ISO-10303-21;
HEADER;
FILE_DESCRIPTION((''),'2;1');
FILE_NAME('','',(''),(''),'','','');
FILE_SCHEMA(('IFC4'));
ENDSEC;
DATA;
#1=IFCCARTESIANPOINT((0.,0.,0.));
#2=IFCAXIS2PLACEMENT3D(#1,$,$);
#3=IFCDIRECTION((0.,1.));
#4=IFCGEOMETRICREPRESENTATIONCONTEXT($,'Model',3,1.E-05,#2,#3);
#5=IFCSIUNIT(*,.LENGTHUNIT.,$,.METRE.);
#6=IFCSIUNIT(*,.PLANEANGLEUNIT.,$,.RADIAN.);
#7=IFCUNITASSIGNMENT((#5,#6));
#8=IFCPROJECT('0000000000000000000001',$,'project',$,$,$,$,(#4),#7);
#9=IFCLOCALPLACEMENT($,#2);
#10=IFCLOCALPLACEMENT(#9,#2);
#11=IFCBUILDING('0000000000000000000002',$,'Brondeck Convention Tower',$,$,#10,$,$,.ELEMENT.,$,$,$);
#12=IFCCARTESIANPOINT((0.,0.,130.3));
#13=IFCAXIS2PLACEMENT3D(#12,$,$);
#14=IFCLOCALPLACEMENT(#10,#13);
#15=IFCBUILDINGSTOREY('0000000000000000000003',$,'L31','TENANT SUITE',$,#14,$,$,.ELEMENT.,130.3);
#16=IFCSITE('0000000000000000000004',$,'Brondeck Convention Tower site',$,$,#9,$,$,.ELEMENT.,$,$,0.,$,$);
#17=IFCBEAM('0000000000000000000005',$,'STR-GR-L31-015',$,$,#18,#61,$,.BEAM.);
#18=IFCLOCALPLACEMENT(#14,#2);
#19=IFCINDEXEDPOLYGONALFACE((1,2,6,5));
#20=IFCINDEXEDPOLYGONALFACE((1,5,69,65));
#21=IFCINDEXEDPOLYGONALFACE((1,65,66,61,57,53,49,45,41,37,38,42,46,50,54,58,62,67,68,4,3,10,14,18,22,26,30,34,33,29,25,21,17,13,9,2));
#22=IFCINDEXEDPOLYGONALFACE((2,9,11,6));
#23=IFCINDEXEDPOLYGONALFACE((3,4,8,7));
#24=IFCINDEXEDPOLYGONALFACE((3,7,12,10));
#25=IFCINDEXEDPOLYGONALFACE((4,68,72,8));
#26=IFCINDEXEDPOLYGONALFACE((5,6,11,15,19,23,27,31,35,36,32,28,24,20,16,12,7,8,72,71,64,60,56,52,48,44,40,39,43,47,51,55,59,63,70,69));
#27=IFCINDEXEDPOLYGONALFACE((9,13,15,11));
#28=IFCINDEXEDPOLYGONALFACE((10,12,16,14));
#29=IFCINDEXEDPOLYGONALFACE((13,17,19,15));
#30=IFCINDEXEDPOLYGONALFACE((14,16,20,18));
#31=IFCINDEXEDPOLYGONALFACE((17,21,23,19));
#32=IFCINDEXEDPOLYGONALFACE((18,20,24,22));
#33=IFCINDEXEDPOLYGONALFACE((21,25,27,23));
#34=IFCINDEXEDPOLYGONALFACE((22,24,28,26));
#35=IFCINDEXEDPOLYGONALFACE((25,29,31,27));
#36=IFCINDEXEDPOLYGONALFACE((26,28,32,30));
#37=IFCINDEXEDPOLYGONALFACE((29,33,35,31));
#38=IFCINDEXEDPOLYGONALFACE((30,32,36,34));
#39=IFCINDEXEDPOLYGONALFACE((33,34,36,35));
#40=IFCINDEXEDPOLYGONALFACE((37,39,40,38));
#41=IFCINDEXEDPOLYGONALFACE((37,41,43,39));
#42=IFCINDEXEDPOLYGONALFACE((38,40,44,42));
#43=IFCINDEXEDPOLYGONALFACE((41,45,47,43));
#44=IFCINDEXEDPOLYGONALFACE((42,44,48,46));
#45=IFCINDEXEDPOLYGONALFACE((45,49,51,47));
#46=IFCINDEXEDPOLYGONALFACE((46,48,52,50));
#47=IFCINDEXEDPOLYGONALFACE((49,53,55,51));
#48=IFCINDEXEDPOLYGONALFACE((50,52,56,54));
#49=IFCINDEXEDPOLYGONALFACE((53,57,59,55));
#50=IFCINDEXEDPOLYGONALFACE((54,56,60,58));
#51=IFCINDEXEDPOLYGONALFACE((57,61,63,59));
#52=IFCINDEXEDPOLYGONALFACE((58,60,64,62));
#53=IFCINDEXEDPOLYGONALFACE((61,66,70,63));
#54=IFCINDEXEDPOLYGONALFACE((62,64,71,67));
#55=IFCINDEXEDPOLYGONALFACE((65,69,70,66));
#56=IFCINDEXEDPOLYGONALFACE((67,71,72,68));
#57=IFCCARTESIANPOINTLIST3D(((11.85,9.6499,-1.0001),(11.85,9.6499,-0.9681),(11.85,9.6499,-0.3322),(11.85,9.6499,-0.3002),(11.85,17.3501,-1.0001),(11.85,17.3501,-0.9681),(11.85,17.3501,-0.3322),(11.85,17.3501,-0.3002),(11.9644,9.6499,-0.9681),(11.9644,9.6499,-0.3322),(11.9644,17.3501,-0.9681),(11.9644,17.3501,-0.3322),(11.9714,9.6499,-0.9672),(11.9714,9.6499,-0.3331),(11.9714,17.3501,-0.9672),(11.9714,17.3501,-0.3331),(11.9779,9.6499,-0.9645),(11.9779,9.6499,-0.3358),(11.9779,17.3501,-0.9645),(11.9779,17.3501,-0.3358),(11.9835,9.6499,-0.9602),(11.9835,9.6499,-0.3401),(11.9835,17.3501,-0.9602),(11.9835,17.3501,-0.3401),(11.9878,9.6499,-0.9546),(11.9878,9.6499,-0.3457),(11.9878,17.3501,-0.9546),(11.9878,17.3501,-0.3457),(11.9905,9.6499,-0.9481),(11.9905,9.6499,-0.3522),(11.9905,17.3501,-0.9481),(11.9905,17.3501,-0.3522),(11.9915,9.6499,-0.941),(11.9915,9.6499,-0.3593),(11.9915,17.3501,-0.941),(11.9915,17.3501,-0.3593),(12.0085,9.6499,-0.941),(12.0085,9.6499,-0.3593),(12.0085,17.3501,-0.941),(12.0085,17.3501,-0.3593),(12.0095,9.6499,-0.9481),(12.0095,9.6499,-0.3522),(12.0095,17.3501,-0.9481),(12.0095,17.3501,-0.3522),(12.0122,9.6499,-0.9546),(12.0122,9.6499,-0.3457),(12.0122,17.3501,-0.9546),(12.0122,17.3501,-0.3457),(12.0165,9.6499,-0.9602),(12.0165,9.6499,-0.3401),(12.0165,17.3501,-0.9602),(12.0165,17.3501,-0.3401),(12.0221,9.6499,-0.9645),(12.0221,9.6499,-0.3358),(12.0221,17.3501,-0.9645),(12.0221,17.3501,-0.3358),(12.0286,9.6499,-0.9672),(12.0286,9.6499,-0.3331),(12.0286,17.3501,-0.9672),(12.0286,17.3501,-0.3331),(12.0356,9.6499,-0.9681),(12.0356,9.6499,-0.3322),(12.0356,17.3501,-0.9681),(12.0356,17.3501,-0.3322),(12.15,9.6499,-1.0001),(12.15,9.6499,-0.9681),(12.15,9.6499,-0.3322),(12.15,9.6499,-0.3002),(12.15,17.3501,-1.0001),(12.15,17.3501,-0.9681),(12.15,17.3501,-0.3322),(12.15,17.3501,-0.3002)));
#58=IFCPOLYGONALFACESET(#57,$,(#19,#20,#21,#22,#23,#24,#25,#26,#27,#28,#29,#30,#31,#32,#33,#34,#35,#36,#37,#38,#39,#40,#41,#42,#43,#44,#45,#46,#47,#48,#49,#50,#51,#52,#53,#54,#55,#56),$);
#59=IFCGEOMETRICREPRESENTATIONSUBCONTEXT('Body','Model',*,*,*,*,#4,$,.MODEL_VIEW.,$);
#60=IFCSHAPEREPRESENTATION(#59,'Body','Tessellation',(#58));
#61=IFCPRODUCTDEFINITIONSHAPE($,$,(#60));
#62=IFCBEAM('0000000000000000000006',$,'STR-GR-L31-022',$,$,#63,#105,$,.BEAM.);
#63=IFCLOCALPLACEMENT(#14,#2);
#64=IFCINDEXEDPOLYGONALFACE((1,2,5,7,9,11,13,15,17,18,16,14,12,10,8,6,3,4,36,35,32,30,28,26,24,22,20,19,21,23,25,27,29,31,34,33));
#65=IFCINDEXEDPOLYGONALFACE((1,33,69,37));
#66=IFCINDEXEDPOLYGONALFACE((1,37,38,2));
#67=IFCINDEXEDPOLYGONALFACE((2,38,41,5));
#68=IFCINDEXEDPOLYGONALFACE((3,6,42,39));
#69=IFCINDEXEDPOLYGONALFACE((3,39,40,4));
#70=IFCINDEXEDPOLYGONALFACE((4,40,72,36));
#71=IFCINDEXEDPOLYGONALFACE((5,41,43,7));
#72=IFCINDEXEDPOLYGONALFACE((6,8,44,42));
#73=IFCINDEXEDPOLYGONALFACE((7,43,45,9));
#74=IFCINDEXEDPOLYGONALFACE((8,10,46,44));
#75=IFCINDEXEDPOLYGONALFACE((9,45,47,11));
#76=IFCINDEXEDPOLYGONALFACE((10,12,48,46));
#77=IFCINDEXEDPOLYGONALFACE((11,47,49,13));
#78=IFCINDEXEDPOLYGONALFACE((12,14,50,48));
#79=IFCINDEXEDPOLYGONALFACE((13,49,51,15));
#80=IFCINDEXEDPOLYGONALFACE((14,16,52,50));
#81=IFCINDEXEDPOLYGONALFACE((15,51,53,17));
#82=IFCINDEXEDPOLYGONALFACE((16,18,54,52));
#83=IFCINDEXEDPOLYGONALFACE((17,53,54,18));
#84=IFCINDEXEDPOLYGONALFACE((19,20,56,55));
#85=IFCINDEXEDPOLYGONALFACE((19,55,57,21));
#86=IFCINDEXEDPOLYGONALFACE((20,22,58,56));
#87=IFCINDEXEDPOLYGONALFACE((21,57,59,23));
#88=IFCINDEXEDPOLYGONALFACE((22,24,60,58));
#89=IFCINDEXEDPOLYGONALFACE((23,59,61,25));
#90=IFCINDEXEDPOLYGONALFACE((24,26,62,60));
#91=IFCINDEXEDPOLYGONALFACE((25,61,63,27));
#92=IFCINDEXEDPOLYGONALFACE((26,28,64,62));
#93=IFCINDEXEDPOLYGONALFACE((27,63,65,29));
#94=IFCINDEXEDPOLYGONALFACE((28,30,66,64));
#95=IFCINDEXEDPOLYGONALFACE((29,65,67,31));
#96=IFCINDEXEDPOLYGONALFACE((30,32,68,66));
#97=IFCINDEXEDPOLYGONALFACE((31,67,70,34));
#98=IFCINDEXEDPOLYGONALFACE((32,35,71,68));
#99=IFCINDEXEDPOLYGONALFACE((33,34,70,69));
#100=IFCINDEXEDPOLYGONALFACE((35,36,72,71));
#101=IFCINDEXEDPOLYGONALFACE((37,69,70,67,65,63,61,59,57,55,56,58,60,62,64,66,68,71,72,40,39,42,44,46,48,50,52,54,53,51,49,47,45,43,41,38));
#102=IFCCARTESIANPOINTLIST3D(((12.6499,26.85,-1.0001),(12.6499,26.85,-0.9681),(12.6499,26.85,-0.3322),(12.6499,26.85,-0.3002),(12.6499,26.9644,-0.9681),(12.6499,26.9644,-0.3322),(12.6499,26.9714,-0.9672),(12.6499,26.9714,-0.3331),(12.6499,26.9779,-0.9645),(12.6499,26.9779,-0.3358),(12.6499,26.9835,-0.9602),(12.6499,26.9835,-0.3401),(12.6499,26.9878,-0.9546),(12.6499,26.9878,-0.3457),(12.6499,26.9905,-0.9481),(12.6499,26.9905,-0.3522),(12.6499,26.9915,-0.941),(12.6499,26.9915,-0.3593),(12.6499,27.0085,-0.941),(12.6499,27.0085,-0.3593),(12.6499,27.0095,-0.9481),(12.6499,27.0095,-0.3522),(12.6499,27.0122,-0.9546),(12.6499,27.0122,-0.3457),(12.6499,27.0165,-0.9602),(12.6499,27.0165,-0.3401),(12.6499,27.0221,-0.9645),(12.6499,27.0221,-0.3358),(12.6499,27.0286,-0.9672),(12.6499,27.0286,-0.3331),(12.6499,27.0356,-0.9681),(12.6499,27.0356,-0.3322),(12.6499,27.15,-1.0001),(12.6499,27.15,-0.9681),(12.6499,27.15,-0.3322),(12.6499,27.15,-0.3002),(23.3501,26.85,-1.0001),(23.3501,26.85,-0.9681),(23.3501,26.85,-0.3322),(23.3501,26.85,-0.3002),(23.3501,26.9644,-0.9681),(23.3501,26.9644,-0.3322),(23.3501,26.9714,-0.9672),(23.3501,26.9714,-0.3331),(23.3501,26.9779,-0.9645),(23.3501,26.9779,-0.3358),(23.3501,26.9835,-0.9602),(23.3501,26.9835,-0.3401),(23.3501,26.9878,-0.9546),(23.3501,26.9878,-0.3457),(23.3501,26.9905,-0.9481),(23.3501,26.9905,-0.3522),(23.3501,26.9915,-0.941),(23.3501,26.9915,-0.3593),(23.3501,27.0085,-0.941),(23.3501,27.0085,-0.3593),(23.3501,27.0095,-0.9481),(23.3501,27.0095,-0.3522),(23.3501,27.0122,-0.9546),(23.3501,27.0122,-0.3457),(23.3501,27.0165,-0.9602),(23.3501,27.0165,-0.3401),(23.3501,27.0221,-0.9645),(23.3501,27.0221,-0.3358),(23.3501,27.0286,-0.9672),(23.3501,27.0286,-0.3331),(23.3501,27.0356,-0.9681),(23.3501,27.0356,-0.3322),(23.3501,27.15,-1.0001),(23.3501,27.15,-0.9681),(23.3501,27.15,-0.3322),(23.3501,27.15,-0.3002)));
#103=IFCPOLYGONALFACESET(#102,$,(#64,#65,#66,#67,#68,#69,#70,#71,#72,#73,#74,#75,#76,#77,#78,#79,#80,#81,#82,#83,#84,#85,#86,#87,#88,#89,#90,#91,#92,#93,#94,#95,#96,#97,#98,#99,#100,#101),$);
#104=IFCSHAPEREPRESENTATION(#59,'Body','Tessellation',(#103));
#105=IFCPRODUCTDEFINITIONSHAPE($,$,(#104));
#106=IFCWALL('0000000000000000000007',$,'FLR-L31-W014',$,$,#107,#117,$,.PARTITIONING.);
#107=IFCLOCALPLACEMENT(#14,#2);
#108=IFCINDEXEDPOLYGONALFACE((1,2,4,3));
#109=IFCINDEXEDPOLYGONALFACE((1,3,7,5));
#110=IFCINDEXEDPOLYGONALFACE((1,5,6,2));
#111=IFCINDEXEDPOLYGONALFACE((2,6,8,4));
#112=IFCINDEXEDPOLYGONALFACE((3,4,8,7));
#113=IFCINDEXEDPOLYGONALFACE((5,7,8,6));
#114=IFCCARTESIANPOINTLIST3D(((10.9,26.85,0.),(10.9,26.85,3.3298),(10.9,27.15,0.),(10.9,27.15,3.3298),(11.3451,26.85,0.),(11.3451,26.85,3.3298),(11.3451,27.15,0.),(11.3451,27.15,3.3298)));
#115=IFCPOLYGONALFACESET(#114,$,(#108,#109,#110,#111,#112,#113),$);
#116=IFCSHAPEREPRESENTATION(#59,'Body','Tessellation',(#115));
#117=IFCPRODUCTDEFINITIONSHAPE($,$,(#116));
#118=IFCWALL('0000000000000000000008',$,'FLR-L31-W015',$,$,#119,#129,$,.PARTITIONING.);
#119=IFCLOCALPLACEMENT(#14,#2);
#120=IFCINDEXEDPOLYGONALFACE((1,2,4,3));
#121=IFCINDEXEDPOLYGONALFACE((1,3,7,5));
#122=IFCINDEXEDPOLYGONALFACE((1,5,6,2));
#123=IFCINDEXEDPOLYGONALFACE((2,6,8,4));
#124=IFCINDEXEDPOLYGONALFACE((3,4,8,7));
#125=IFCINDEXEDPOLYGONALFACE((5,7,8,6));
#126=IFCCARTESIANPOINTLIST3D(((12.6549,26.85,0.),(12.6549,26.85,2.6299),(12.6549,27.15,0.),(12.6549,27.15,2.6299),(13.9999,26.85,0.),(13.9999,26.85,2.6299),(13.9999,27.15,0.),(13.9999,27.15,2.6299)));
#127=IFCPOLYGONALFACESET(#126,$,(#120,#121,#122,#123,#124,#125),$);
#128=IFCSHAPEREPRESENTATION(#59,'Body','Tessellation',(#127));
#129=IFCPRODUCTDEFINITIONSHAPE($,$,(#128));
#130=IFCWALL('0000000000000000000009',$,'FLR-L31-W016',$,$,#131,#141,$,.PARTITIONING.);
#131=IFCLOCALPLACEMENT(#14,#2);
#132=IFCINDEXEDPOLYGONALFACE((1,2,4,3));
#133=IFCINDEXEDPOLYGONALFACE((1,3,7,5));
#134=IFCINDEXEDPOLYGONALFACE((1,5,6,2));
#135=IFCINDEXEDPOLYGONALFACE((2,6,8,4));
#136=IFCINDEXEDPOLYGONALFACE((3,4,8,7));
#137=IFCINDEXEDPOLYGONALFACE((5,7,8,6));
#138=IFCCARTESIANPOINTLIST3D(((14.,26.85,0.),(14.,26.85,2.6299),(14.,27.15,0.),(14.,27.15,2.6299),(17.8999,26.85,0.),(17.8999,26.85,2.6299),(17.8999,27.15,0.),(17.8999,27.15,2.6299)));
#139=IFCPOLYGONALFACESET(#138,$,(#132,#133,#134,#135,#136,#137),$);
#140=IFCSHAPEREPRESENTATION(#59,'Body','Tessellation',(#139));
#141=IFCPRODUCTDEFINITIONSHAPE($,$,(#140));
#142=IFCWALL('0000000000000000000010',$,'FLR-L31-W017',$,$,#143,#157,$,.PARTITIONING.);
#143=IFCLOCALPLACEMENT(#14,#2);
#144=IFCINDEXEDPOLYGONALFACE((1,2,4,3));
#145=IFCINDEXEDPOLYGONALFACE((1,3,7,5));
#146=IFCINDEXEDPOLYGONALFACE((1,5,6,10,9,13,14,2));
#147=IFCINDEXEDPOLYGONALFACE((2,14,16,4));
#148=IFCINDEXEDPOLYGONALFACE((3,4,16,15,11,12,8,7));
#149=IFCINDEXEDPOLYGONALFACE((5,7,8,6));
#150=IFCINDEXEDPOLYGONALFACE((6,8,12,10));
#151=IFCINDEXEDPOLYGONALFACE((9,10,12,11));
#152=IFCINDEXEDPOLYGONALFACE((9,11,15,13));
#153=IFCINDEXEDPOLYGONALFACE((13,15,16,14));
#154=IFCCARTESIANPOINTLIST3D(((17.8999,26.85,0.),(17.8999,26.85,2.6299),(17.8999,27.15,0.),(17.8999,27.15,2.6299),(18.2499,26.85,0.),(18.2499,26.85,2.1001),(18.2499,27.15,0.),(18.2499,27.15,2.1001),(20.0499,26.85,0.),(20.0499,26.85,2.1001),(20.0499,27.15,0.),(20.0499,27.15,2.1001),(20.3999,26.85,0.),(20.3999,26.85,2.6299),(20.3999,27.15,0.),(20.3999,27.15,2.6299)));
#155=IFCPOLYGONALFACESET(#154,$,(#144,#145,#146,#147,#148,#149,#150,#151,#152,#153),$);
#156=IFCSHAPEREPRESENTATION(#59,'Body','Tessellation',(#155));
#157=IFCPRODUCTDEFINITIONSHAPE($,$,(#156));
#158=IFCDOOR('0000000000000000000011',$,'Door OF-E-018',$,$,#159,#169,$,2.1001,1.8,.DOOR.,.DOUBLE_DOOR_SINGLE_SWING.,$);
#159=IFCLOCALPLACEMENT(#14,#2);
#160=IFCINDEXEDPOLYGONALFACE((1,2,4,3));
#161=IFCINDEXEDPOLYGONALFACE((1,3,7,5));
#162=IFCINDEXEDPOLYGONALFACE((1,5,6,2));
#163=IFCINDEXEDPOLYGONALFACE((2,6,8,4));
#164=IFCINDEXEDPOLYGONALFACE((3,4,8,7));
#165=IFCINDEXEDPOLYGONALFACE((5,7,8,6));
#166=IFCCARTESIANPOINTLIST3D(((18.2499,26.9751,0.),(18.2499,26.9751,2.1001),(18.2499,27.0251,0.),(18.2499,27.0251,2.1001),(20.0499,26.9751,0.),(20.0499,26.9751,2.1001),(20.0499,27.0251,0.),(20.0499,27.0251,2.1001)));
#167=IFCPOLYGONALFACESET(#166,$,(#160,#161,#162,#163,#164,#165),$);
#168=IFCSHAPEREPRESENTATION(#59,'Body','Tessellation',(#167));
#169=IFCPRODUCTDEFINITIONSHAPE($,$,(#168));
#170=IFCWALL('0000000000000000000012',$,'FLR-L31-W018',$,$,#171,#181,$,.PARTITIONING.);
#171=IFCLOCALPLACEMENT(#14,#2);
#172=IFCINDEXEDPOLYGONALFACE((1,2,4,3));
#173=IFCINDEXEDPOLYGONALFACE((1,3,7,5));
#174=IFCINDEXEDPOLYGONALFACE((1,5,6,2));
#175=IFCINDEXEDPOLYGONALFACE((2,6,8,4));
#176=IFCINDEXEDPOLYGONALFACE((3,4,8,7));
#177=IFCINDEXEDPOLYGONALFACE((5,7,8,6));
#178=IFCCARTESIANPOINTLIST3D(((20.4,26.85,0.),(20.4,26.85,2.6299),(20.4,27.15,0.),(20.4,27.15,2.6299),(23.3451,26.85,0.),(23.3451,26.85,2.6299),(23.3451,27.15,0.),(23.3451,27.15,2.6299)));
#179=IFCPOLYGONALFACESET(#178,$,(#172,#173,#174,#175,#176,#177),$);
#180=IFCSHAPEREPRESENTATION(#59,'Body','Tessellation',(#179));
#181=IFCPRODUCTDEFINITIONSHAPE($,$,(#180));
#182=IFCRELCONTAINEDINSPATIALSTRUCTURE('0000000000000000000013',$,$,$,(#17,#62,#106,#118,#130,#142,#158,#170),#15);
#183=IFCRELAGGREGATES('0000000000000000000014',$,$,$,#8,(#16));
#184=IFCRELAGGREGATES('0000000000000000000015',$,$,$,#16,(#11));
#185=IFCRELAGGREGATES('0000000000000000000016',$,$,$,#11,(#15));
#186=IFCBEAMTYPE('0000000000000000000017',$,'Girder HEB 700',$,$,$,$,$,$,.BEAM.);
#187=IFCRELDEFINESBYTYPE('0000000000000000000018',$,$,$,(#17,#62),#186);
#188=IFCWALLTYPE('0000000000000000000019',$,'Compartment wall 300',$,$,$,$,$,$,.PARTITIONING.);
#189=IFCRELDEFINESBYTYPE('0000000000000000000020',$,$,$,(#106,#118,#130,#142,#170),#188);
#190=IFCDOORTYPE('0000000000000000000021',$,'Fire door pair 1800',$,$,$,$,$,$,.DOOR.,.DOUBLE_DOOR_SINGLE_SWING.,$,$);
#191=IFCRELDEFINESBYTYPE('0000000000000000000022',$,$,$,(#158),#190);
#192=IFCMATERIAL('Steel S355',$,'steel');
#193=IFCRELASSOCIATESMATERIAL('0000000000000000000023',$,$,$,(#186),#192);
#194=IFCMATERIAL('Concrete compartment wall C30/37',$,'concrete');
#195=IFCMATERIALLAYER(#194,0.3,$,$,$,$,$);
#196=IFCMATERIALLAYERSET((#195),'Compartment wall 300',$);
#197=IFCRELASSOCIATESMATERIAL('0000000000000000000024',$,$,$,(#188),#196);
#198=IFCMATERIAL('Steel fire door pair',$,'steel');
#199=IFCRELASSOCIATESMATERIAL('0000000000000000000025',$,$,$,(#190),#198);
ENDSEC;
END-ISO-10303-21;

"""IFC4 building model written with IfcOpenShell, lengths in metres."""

from ifc_helpers import new_model, si_unit, direction, frame, frame_2d, origin, origin_2d, place, context, subcontext, project, spatial, rectangle, i_section, extrude, material, layer, layer_set, material_profile, profile_set, type_object, element, fill, save


model = new_model("IFC4")

# Units and contexts
model_context = context("Model", 3, precision=1e-05, world=origin(), true_north=direction((0.0, 1.0)))
body_context = subcontext(model_context, "Body", "Model", "MODEL_VIEW")
ifc_project = project(units=[si_unit("LENGTHUNIT", "METRE"), si_unit("PLANEANGLEUNIT", "RADIAN")], contexts=[model_context])

# Site, building, storey
site_placement = place(None, origin())
site = spatial("IfcSite", under=ifc_project, at=site_placement, Name="Brondeck Convention Tower site", CompositionType="ELEMENT", RefElevation=0.0)
building_placement = place(site_placement, origin())
building = spatial("IfcBuilding", under=site, at=building_placement, Name="Brondeck Convention Tower", CompositionType="ELEMENT")
storey_placement = place(building_placement, frame((0.0, 0.0, 130.3)))
storey = spatial("IfcBuildingStorey", under=building, at=storey_placement, Name="L31", Description="TENANT SUITE", CompositionType="ELEMENT", Elevation=130.3)

# Beams
ifc_material_1 = material(Name="Steel S355", Category="steel")
ifc_material_profile_1 = material_profile(ifc_material_1, i_section(OverallWidth=0.3, OverallDepth=0.7, WebThickness=0.0171, FlangeThickness=0.032, FilletRadius=0.0271, at=origin_2d()), Name="HEB 700")
ifc_profile_set_1 = profile_set([ifc_material_profile_1], Name="Steel S355")
beam_type_1 = type_object("IfcBeamType", Name="Girder HEB 700", PredefinedType="BEAM", material=ifc_profile_set_1)
for number, where, z_axis, x_axis, name in (
    (1, (12.0, 17.3501, -0.6501), (0.0, -1.0, 0.0), (1.0, 0.0, 0.0), "STR-GR-L31-015"),
):
    element("IfcBeam", number, at=place(storey_placement, frame(where, z_axis=z_axis, x_axis=x_axis)), inside=storey, type_object=beam_type_1, Name=name, PredefinedType="BEAM", context=body_context, shape_type="SweptSolid", body=[
        extrude(i_section(OverallWidth=0.3, OverallDepth=0.7, WebThickness=0.0171, FlangeThickness=0.032, FilletRadius=0.0271, at=origin_2d()), origin(), (0.0, 0.0, 1.0), 7.7002),
    ])
beam_1_placement = place(storey_placement, frame((12.6499, 27.0, -0.6501), z_axis=(1.0, 0.0, 0.0), x_axis=(0.0, 1.0, 0.0)))
element("IfcBeam", 2, at=beam_1_placement, inside=storey, type_object=beam_type_1, Name="STR-GR-L31-022", PredefinedType="BEAM", context=body_context, shape_type="SweptSolid", body=[
    extrude(i_section(OverallWidth=0.3, OverallDepth=0.7, WebThickness=0.0171, FlangeThickness=0.032, FilletRadius=0.0271, at=origin_2d()), origin(), (0.0, 0.0, 1.0), 10.7002),
])

# Walls
ifc_material_2 = material(Name="Concrete compartment wall C30/37", Category="concrete")
ifc_layer_1 = layer(ifc_material_2, 0.3)
ifc_layer_set_1 = layer_set([ifc_layer_1], Name="Compartment wall 300")
wall_type_1 = type_object("IfcWallType", Name="Compartment wall 300", PredefinedType="PARTITIONING", material=ifc_layer_set_1)
wall_1_placement = place(storey_placement, frame((10.8999, 27.0, 0.0), z_axis=(0.0, 0.0, 1.0), x_axis=(1.0, 0.0, 0.0)))
element("IfcWall", 3, at=wall_1_placement, inside=storey, type_object=wall_type_1, Name="FLR-L31-W014", PredefinedType="PARTITIONING", context=body_context, shape_type="SweptSolid", body=[
    extrude(rectangle(XDim=0.4451, YDim=0.3, at=frame_2d((0.2227, 0.0))), origin(), (0.0, 0.0, 1.0), 3.3298),
])
wall_2_placement = place(storey_placement, frame((12.655, 27.0, 0.0), z_axis=(0.0, 0.0, 1.0), x_axis=(1.0, 0.0, 0.0)))
element("IfcWall", 4, at=wall_2_placement, inside=storey, type_object=wall_type_1, Name="FLR-L31-W015", PredefinedType="PARTITIONING", context=body_context, shape_type="SweptSolid", body=[
    extrude(rectangle(XDim=1.345, YDim=0.3, at=frame_2d((0.6724, 0.0))), origin(), (0.0, 0.0, 1.0), 2.6299),
])
wall_3_placement = place(storey_placement, frame((14.0, 27.0, 0.0), z_axis=(0.0, 0.0, 1.0), x_axis=(1.0, 0.0, 0.0)))
element("IfcWall", 5, at=wall_3_placement, inside=storey, type_object=wall_type_1, Name="FLR-L31-W016", PredefinedType="PARTITIONING", context=body_context, shape_type="SweptSolid", body=[
    extrude(rectangle(XDim=3.8999, YDim=0.3, at=frame_2d((1.95, 0.0))), origin(), (0.0, 0.0, 1.0), 2.6299),
])

# Wall, opening, door
wall_4_placement = place(storey_placement, frame((20.3999, 27.0, 0.0), z_axis=(0.0, 0.0, 1.0), x_axis=(-1.0, 0.0, 0.0)))
wall_4 = element("IfcWall", 6, at=wall_4_placement, inside=storey, type_object=wall_type_1, Name="FLR-L31-W017", PredefinedType="PARTITIONING", context=body_context, shape_type="SweptSolid", body=[
    extrude(rectangle(XDim=2.5, YDim=0.3, at=frame_2d((1.25, 0.0))), origin(), (0.0, 0.0, 1.0), 2.6299),
])
opening_1_placement = place(wall_4_placement, frame((0.3501, 0.0, 0.0)))
opening_1 = element("IfcOpeningElement", 7, at=opening_1_placement, cuts=wall_4, PredefinedType="OPENING", context=body_context, shape_type="SweptSolid", body=[
    extrude(rectangle(XDim=1.8, YDim=2.1001, at=frame_2d((0.8999, 1.05))), frame((0.0, 0.1599, 0.0), z_axis=(0.0, -1.0, 0.0), x_axis=(1.0, 0.0, 0.0)), (0.0, 0.0, 1.0), 0.3201),
])
ifc_material_3 = material(Name="Steel fire door pair", Category="steel")
door_type_1 = type_object("IfcDoorType", Name="Fire door pair 1800", OperationType="DOUBLE_DOOR_SINGLE_SWING", PredefinedType="DOOR", material=ifc_material_3)
door_1_placement = place(opening_1_placement, origin())
door_1 = element("IfcDoor", 8, at=door_1_placement, inside=storey, type_object=door_type_1, Name="Door OF-E-018", OperationType="DOUBLE_DOOR_SINGLE_SWING", OverallHeight=2.1001, OverallWidth=1.8, PredefinedType="DOOR", context=body_context, shape_type="SweptSolid", body=[
    extrude(rectangle(XDim=1.8, YDim=2.1001, at=frame_2d((0.8999, 1.05))), frame((0.0, 0.0249, 0.0), z_axis=(0.0, -1.0, 0.0), x_axis=(1.0, 0.0, 0.0)), (0.0, 0.0, 1.0), 0.05),
])
fill(opening_1, door_1)

# Wall
wall_5_placement = place(storey_placement, frame((20.3999, 27.0, 0.0), z_axis=(0.0, 0.0, 1.0), x_axis=(1.0, 0.0, 0.0)))
element("IfcWall", 9, at=wall_5_placement, inside=storey, type_object=wall_type_1, Name="FLR-L31-W018", PredefinedType="PARTITIONING", context=body_context, shape_type="SweptSolid", body=[
    extrude(rectangle(XDim=2.9451, YDim=0.3, at=frame_2d((1.4727, 0.0))), origin(), (0.0, 0.0, 1.0), 2.6299),
])

save(model, "model.ifc")
